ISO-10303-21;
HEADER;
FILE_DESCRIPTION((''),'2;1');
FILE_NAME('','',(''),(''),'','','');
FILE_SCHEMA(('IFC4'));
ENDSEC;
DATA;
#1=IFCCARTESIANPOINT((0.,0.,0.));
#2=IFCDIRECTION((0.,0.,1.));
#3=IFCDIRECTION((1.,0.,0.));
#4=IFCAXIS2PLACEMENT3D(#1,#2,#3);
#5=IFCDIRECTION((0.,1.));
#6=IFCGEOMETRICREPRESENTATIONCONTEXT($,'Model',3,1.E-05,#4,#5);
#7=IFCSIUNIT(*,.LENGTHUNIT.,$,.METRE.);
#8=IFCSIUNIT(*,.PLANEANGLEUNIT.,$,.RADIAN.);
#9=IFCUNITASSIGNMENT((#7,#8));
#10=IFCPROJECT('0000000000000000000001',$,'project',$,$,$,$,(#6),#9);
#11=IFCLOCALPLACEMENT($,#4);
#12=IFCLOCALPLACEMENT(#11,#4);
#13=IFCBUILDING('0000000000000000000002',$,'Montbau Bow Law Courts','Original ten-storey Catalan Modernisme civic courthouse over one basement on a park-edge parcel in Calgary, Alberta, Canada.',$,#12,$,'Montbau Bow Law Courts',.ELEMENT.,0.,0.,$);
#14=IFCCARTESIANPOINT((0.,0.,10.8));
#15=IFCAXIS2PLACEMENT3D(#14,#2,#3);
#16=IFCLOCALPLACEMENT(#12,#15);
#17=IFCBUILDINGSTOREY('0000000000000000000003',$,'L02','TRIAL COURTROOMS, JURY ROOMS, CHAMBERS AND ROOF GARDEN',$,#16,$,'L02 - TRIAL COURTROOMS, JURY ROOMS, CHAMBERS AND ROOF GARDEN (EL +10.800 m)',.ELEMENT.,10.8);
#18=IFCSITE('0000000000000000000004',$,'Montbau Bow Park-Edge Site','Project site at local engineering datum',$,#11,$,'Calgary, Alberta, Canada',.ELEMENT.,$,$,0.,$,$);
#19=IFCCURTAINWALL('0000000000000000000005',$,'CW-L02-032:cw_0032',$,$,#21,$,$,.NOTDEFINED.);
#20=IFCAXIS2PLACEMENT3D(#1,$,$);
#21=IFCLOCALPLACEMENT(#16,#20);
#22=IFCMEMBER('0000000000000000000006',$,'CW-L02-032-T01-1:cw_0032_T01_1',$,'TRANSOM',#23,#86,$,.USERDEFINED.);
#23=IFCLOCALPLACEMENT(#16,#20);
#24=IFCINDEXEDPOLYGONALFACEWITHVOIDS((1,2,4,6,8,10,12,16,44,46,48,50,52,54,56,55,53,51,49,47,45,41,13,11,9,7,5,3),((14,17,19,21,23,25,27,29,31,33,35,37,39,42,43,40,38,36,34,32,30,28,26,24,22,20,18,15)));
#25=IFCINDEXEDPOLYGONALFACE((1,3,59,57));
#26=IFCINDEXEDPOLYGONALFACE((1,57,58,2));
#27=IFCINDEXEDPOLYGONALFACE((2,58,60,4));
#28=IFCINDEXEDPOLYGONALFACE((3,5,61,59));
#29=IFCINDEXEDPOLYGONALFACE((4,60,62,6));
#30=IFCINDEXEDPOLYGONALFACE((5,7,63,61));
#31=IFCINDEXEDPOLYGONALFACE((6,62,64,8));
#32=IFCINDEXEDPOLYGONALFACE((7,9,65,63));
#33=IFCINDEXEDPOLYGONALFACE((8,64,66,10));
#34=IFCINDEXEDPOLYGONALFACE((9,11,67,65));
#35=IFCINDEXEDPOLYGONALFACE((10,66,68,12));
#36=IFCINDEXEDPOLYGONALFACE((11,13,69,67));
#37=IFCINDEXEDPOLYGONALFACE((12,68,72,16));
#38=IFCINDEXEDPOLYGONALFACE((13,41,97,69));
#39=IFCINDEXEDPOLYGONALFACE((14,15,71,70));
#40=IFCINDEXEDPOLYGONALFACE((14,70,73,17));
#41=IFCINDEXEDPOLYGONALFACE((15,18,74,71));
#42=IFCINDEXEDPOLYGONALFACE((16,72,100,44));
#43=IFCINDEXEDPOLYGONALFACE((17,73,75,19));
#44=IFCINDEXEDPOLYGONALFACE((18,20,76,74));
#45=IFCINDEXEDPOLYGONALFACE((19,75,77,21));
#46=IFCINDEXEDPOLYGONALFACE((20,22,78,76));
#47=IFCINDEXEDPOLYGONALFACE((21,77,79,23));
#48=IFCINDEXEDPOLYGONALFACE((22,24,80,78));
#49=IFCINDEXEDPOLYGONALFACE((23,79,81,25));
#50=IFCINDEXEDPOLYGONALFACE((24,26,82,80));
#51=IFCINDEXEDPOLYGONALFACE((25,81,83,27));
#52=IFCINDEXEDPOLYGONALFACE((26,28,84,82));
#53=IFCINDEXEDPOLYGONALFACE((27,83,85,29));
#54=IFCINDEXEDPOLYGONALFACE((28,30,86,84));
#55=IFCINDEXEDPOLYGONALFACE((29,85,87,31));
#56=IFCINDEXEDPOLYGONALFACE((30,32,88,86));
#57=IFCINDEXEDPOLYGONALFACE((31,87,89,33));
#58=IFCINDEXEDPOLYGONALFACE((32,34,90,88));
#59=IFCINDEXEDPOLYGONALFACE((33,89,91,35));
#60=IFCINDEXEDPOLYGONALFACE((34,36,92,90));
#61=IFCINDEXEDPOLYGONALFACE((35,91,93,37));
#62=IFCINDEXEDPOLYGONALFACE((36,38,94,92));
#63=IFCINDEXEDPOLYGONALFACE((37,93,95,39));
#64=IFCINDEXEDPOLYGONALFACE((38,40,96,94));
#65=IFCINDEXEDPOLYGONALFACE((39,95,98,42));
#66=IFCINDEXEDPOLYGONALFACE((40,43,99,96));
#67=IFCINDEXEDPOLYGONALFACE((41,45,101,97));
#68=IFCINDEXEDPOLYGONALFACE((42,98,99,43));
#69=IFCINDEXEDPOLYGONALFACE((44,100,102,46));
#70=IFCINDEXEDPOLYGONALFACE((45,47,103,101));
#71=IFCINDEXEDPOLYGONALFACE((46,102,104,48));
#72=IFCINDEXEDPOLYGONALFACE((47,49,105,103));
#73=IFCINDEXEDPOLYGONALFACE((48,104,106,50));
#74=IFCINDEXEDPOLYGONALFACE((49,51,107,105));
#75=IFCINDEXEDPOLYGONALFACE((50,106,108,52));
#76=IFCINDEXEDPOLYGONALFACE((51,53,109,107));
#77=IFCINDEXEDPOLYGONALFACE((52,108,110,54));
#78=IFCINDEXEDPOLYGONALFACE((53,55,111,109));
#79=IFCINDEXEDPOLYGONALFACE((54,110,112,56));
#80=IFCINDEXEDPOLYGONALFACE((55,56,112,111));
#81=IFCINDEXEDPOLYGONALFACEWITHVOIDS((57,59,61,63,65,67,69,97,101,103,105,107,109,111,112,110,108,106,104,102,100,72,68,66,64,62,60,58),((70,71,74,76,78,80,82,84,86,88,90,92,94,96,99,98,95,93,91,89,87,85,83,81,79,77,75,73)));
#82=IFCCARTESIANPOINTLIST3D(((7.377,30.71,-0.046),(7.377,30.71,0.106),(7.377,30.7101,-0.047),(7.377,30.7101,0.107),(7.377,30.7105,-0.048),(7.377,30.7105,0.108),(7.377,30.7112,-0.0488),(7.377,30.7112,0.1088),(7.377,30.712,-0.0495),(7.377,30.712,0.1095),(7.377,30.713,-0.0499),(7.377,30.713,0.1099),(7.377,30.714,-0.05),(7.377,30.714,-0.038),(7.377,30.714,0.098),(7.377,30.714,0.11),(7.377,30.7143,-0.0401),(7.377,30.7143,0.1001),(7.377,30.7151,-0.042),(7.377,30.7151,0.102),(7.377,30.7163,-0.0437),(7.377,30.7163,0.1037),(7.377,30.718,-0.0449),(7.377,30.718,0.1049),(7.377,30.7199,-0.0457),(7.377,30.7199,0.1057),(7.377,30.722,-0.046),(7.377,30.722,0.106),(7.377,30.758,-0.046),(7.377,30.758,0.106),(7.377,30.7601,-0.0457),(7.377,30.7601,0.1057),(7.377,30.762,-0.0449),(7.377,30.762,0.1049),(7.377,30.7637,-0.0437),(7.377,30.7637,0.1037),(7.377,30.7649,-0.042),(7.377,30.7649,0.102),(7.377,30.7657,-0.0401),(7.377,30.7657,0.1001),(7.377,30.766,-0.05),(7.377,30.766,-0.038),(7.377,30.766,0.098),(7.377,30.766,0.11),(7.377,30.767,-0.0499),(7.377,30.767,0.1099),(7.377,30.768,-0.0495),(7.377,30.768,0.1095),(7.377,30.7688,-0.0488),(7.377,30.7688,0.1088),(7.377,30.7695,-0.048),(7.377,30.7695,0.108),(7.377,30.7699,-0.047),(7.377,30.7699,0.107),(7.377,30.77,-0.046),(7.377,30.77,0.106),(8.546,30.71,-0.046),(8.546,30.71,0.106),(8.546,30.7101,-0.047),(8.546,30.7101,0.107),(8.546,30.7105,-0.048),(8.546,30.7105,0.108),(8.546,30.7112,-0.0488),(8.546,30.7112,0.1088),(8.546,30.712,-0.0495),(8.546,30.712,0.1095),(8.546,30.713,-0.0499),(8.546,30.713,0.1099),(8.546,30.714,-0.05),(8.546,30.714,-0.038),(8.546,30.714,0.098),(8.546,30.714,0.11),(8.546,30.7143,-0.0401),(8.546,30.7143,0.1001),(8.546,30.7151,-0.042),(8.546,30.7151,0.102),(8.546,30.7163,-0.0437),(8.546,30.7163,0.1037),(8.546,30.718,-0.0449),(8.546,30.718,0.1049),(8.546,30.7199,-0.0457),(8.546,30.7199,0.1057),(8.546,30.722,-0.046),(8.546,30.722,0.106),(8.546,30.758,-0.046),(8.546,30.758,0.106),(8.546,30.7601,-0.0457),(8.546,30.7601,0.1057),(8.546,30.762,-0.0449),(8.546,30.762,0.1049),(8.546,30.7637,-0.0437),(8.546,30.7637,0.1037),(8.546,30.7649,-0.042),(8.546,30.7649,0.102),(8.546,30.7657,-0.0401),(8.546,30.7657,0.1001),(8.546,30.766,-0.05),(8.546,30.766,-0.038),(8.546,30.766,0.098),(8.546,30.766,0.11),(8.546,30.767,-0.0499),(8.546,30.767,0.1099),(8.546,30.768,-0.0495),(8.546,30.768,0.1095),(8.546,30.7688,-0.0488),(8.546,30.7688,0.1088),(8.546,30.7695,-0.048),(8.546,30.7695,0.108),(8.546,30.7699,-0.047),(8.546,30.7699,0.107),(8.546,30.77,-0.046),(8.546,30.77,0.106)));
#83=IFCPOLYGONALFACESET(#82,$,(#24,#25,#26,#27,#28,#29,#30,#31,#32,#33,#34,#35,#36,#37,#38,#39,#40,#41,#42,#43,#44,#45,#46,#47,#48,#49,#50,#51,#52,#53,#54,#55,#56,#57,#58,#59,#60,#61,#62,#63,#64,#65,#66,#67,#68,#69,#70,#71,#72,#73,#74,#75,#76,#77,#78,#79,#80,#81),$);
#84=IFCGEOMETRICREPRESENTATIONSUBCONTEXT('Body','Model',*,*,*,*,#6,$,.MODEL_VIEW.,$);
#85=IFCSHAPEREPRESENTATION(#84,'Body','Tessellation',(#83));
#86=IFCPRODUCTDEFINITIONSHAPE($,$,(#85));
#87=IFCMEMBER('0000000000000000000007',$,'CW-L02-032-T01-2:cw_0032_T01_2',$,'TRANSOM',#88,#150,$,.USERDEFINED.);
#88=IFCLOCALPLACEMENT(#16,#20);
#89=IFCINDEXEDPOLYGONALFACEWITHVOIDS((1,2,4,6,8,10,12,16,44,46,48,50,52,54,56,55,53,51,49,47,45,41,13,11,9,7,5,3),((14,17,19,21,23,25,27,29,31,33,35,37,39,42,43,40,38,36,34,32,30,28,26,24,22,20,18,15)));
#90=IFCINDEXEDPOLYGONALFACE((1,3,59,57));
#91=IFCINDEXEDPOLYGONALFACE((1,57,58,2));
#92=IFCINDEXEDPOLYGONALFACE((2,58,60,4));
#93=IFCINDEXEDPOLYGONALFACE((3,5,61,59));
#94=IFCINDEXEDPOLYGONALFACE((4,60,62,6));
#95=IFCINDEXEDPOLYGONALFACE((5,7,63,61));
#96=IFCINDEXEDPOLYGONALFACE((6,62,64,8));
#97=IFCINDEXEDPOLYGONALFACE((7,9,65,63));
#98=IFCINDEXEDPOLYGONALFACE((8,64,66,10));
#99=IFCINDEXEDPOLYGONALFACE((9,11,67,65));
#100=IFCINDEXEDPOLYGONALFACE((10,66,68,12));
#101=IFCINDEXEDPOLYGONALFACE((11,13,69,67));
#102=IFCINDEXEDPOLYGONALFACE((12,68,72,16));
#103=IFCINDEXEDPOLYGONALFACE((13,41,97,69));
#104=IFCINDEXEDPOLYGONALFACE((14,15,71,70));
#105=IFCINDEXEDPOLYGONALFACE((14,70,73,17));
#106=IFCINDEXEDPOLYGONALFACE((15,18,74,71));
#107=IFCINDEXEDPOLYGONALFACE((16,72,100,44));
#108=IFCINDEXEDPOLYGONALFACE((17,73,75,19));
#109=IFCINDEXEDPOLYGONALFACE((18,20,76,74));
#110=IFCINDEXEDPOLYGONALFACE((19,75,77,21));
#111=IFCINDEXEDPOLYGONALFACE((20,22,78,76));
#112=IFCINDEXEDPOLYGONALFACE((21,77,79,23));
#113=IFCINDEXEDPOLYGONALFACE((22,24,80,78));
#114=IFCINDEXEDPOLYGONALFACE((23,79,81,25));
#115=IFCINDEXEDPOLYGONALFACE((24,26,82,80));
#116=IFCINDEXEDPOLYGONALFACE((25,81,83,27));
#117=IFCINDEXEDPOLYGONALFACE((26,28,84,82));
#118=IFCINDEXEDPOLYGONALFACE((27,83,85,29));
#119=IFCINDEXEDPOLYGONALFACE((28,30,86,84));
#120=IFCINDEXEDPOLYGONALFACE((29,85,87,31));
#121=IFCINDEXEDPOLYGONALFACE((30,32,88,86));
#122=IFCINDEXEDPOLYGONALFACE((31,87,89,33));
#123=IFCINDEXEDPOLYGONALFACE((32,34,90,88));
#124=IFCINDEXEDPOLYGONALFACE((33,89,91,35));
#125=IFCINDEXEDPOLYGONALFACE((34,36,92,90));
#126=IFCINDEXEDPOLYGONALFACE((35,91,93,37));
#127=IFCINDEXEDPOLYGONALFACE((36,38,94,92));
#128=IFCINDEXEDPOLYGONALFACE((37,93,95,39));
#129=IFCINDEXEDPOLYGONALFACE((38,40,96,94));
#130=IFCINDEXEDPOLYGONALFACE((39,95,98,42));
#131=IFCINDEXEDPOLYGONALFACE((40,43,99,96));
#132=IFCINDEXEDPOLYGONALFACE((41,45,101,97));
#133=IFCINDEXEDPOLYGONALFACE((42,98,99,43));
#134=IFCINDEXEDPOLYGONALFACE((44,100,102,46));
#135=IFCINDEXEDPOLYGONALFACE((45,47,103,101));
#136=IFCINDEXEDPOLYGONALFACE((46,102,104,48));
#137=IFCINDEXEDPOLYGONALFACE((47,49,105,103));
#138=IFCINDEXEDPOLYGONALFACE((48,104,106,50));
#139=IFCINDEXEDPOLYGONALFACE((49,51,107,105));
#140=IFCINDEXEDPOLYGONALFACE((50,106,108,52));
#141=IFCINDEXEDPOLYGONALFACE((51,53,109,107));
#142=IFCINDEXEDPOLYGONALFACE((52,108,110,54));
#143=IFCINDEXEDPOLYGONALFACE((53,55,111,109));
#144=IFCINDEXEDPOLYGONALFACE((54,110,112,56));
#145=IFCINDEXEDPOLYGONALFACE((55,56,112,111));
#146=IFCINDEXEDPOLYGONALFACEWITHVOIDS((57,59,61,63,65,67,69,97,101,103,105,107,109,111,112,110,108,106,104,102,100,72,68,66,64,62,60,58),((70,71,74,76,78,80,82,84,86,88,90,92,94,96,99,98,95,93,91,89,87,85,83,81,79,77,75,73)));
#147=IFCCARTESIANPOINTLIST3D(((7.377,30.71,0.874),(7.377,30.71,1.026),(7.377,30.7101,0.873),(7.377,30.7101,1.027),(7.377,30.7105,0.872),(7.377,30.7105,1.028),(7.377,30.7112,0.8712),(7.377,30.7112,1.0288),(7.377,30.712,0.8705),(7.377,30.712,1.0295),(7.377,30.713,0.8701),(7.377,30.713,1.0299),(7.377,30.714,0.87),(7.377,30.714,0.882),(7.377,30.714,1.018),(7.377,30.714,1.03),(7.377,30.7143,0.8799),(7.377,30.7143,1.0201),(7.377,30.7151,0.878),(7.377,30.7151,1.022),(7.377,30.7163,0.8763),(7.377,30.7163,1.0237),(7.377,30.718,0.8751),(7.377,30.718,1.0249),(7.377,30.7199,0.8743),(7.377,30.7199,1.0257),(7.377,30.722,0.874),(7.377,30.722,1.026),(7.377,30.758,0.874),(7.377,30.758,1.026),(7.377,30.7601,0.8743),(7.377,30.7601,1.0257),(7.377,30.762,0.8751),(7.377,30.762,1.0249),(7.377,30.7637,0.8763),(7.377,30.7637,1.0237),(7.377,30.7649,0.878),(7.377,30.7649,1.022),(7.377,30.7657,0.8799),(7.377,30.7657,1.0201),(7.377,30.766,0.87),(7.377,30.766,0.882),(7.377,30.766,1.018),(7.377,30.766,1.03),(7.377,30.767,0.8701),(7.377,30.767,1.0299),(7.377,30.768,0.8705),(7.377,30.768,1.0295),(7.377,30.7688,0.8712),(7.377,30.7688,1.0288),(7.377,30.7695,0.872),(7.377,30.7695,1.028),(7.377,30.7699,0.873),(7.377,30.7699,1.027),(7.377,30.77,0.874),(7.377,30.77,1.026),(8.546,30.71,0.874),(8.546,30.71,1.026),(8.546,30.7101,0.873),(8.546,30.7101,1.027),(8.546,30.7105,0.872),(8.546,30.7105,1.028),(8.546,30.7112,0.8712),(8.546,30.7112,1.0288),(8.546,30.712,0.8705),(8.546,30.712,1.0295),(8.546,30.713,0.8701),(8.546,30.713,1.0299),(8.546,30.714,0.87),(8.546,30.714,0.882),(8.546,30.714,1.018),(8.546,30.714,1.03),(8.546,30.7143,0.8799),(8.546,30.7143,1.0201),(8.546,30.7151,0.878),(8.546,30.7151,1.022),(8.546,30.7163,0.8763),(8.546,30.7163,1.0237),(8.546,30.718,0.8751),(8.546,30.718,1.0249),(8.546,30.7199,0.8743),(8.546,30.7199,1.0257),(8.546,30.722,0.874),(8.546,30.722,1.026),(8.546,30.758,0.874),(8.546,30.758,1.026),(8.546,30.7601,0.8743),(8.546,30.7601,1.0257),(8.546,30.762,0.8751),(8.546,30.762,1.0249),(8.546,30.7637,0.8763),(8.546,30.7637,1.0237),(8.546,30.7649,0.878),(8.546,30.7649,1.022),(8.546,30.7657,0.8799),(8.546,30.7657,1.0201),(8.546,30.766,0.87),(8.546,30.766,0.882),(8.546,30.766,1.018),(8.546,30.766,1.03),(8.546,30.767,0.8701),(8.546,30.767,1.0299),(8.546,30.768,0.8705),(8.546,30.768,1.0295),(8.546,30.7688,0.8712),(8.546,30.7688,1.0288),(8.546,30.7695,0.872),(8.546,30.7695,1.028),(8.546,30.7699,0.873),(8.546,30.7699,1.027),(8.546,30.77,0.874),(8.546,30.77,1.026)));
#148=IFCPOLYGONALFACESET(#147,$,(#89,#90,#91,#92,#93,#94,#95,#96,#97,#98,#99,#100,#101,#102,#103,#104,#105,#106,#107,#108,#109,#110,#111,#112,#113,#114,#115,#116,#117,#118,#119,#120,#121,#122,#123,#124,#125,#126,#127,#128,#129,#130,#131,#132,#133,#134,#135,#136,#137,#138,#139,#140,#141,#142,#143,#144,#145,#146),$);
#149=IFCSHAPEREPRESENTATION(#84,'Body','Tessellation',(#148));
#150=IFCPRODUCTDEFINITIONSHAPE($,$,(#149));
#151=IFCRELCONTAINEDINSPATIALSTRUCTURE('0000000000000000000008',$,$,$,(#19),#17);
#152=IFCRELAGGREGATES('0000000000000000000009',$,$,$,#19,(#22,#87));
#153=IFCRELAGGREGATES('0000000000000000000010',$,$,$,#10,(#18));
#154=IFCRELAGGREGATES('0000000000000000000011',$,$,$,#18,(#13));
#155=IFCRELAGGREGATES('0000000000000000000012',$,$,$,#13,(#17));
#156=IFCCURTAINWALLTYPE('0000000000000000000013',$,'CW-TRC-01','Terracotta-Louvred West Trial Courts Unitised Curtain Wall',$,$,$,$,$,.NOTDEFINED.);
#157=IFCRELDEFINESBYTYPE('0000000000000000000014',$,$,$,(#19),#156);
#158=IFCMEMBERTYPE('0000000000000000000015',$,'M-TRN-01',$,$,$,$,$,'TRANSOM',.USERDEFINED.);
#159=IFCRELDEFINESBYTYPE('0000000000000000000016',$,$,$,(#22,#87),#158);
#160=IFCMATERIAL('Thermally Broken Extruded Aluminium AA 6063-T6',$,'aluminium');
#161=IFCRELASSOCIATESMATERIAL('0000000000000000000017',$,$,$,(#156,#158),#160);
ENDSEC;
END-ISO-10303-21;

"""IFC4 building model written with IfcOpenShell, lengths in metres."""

from ifc_helpers import new_model, si_unit, direction, frame, origin_with_axes, origin_2d_with_axis, place, context, subcontext, project, spatial, hollow_rectangle, extrude, material, material_profile, profile_set, type_object, element, aggregate, save


model = new_model("IFC4")

# Units and contexts
model_context = context("Model", 3, precision=1e-05, world=origin_with_axes(), true_north=direction((0.0, 1.0)))
body_context = subcontext(model_context, "Body", "Model", "MODEL_VIEW")
ifc_project = project(units=[si_unit("LENGTHUNIT", "METRE"), si_unit("PLANEANGLEUNIT", "RADIAN")], contexts=[model_context])

# Site, building, storey
site_placement = place(None, origin_with_axes())
site = spatial("IfcSite", under=ifc_project, at=site_placement, Name="Montbau Bow Park-Edge Site", Description="Project site at local engineering datum", LongName="Calgary, Alberta, Canada", CompositionType="ELEMENT", RefElevation=0.0)
building_placement = place(site_placement, origin_with_axes())
building = spatial("IfcBuilding", under=site, at=building_placement, Name="Montbau Bow Law Courts", Description="Original ten-storey Catalan Modernisme civic courthouse over one basement on a park-edge parcel in Calgary, Alberta, Canada.", LongName="Montbau Bow Law Courts", CompositionType="ELEMENT", ElevationOfRefHeight=0.0, ElevationOfTerrain=0.0)
storey_placement = place(building_placement, frame((0.0, 0.0, 10.8), z_axis=(0.0, 0.0, 1.0), x_axis=(1.0, 0.0, 0.0)))
storey = spatial("IfcBuildingStorey", under=building, at=storey_placement, Name="L02", Description="TRIAL COURTROOMS, JURY ROOMS, CHAMBERS AND ROOF GARDEN", LongName="L02 - TRIAL COURTROOMS, JURY ROOMS, CHAMBERS AND ROOF GARDEN (EL +10.800 m)", CompositionType="ELEMENT", Elevation=10.8)

# Shared definitions
ifc_material_1 = material(Name="Thermally Broken Extruded Aluminium AA 6063-T6", Category="aluminium")
curtain_wall_type = type_object("IfcCurtainWallType", Name="CW-TRC-01", Description="Terracotta-Louvred West Trial Courts Unitised Curtain Wall", PredefinedType="NOTDEFINED", material=ifc_material_1)

# Curtain wall
curtain_wall_1_placement = place(None, frame((7.315, 30.74, 10.8), z_axis=(0.0, 0.0, 1.0), x_axis=(1.0, 0.0, 0.0)))
curtain_wall_1 = element("IfcCurtainWall", 1, at=curtain_wall_1_placement, inside=storey, type_object=curtain_wall_type, Name="CW-L02-032:cw_0032", PredefinedType="NOTDEFINED")

# Members
ifc_material_profile_1 = material_profile(ifc_material_1, hollow_rectangle(XDim=0.06, YDim=0.16, WallThickness=0.004, InnerFilletRadius=0.008, OuterFilletRadius=0.004, at=origin_2d_with_axis()), Name="CWT-160X60", Category="Main", Priority=0)
ifc_profile_set_1 = profile_set([ifc_material_profile_1], Name="Thermally Broken Extruded Aluminium AA 6063-T6")
member_type_1 = type_object("IfcMemberType", Name="M-TRN-01", ElementType="TRANSOM", PredefinedType="USERDEFINED", material=ifc_profile_set_1)
member_1_placement = place(None, frame((7.377, 30.74, 10.83), z_axis=(1.0, 0.0, 0.0), x_axis=(0.0, 1.0, 0.0)))
member_1 = element("IfcMember", 2, at=member_1_placement, type_object=member_type_1, Name="CW-L02-032-T01-1:cw_0032_T01_1", ObjectType="TRANSOM", PredefinedType="USERDEFINED", context=body_context, shape_type="SweptSolid", body=[
    extrude(hollow_rectangle(XDim=0.06, YDim=0.16, WallThickness=0.004, InnerFilletRadius=0.008, OuterFilletRadius=0.004, at=origin_2d_with_axis()), origin_with_axes(), (0.0, 0.0, 1.0), 1.169),
])
member_2_placement = place(None, frame((7.377, 30.74, 11.75), z_axis=(1.0, 0.0, 0.0), x_axis=(0.0, 1.0, 0.0)))
member_2 = element("IfcMember", 3, at=member_2_placement, type_object=member_type_1, Name="CW-L02-032-T01-2:cw_0032_T01_2", ObjectType="TRANSOM", PredefinedType="USERDEFINED", context=body_context, shape_type="SweptSolid", body=[
    extrude(hollow_rectangle(XDim=0.06, YDim=0.16, WallThickness=0.004, InnerFilletRadius=0.008, OuterFilletRadius=0.004, at=origin_2d_with_axis()), origin_with_axes(), (0.0, 0.0, 1.0), 1.169),
])

aggregate(curtain_wall_1, [member_1, member_2])

save(model, "model.ifc")
